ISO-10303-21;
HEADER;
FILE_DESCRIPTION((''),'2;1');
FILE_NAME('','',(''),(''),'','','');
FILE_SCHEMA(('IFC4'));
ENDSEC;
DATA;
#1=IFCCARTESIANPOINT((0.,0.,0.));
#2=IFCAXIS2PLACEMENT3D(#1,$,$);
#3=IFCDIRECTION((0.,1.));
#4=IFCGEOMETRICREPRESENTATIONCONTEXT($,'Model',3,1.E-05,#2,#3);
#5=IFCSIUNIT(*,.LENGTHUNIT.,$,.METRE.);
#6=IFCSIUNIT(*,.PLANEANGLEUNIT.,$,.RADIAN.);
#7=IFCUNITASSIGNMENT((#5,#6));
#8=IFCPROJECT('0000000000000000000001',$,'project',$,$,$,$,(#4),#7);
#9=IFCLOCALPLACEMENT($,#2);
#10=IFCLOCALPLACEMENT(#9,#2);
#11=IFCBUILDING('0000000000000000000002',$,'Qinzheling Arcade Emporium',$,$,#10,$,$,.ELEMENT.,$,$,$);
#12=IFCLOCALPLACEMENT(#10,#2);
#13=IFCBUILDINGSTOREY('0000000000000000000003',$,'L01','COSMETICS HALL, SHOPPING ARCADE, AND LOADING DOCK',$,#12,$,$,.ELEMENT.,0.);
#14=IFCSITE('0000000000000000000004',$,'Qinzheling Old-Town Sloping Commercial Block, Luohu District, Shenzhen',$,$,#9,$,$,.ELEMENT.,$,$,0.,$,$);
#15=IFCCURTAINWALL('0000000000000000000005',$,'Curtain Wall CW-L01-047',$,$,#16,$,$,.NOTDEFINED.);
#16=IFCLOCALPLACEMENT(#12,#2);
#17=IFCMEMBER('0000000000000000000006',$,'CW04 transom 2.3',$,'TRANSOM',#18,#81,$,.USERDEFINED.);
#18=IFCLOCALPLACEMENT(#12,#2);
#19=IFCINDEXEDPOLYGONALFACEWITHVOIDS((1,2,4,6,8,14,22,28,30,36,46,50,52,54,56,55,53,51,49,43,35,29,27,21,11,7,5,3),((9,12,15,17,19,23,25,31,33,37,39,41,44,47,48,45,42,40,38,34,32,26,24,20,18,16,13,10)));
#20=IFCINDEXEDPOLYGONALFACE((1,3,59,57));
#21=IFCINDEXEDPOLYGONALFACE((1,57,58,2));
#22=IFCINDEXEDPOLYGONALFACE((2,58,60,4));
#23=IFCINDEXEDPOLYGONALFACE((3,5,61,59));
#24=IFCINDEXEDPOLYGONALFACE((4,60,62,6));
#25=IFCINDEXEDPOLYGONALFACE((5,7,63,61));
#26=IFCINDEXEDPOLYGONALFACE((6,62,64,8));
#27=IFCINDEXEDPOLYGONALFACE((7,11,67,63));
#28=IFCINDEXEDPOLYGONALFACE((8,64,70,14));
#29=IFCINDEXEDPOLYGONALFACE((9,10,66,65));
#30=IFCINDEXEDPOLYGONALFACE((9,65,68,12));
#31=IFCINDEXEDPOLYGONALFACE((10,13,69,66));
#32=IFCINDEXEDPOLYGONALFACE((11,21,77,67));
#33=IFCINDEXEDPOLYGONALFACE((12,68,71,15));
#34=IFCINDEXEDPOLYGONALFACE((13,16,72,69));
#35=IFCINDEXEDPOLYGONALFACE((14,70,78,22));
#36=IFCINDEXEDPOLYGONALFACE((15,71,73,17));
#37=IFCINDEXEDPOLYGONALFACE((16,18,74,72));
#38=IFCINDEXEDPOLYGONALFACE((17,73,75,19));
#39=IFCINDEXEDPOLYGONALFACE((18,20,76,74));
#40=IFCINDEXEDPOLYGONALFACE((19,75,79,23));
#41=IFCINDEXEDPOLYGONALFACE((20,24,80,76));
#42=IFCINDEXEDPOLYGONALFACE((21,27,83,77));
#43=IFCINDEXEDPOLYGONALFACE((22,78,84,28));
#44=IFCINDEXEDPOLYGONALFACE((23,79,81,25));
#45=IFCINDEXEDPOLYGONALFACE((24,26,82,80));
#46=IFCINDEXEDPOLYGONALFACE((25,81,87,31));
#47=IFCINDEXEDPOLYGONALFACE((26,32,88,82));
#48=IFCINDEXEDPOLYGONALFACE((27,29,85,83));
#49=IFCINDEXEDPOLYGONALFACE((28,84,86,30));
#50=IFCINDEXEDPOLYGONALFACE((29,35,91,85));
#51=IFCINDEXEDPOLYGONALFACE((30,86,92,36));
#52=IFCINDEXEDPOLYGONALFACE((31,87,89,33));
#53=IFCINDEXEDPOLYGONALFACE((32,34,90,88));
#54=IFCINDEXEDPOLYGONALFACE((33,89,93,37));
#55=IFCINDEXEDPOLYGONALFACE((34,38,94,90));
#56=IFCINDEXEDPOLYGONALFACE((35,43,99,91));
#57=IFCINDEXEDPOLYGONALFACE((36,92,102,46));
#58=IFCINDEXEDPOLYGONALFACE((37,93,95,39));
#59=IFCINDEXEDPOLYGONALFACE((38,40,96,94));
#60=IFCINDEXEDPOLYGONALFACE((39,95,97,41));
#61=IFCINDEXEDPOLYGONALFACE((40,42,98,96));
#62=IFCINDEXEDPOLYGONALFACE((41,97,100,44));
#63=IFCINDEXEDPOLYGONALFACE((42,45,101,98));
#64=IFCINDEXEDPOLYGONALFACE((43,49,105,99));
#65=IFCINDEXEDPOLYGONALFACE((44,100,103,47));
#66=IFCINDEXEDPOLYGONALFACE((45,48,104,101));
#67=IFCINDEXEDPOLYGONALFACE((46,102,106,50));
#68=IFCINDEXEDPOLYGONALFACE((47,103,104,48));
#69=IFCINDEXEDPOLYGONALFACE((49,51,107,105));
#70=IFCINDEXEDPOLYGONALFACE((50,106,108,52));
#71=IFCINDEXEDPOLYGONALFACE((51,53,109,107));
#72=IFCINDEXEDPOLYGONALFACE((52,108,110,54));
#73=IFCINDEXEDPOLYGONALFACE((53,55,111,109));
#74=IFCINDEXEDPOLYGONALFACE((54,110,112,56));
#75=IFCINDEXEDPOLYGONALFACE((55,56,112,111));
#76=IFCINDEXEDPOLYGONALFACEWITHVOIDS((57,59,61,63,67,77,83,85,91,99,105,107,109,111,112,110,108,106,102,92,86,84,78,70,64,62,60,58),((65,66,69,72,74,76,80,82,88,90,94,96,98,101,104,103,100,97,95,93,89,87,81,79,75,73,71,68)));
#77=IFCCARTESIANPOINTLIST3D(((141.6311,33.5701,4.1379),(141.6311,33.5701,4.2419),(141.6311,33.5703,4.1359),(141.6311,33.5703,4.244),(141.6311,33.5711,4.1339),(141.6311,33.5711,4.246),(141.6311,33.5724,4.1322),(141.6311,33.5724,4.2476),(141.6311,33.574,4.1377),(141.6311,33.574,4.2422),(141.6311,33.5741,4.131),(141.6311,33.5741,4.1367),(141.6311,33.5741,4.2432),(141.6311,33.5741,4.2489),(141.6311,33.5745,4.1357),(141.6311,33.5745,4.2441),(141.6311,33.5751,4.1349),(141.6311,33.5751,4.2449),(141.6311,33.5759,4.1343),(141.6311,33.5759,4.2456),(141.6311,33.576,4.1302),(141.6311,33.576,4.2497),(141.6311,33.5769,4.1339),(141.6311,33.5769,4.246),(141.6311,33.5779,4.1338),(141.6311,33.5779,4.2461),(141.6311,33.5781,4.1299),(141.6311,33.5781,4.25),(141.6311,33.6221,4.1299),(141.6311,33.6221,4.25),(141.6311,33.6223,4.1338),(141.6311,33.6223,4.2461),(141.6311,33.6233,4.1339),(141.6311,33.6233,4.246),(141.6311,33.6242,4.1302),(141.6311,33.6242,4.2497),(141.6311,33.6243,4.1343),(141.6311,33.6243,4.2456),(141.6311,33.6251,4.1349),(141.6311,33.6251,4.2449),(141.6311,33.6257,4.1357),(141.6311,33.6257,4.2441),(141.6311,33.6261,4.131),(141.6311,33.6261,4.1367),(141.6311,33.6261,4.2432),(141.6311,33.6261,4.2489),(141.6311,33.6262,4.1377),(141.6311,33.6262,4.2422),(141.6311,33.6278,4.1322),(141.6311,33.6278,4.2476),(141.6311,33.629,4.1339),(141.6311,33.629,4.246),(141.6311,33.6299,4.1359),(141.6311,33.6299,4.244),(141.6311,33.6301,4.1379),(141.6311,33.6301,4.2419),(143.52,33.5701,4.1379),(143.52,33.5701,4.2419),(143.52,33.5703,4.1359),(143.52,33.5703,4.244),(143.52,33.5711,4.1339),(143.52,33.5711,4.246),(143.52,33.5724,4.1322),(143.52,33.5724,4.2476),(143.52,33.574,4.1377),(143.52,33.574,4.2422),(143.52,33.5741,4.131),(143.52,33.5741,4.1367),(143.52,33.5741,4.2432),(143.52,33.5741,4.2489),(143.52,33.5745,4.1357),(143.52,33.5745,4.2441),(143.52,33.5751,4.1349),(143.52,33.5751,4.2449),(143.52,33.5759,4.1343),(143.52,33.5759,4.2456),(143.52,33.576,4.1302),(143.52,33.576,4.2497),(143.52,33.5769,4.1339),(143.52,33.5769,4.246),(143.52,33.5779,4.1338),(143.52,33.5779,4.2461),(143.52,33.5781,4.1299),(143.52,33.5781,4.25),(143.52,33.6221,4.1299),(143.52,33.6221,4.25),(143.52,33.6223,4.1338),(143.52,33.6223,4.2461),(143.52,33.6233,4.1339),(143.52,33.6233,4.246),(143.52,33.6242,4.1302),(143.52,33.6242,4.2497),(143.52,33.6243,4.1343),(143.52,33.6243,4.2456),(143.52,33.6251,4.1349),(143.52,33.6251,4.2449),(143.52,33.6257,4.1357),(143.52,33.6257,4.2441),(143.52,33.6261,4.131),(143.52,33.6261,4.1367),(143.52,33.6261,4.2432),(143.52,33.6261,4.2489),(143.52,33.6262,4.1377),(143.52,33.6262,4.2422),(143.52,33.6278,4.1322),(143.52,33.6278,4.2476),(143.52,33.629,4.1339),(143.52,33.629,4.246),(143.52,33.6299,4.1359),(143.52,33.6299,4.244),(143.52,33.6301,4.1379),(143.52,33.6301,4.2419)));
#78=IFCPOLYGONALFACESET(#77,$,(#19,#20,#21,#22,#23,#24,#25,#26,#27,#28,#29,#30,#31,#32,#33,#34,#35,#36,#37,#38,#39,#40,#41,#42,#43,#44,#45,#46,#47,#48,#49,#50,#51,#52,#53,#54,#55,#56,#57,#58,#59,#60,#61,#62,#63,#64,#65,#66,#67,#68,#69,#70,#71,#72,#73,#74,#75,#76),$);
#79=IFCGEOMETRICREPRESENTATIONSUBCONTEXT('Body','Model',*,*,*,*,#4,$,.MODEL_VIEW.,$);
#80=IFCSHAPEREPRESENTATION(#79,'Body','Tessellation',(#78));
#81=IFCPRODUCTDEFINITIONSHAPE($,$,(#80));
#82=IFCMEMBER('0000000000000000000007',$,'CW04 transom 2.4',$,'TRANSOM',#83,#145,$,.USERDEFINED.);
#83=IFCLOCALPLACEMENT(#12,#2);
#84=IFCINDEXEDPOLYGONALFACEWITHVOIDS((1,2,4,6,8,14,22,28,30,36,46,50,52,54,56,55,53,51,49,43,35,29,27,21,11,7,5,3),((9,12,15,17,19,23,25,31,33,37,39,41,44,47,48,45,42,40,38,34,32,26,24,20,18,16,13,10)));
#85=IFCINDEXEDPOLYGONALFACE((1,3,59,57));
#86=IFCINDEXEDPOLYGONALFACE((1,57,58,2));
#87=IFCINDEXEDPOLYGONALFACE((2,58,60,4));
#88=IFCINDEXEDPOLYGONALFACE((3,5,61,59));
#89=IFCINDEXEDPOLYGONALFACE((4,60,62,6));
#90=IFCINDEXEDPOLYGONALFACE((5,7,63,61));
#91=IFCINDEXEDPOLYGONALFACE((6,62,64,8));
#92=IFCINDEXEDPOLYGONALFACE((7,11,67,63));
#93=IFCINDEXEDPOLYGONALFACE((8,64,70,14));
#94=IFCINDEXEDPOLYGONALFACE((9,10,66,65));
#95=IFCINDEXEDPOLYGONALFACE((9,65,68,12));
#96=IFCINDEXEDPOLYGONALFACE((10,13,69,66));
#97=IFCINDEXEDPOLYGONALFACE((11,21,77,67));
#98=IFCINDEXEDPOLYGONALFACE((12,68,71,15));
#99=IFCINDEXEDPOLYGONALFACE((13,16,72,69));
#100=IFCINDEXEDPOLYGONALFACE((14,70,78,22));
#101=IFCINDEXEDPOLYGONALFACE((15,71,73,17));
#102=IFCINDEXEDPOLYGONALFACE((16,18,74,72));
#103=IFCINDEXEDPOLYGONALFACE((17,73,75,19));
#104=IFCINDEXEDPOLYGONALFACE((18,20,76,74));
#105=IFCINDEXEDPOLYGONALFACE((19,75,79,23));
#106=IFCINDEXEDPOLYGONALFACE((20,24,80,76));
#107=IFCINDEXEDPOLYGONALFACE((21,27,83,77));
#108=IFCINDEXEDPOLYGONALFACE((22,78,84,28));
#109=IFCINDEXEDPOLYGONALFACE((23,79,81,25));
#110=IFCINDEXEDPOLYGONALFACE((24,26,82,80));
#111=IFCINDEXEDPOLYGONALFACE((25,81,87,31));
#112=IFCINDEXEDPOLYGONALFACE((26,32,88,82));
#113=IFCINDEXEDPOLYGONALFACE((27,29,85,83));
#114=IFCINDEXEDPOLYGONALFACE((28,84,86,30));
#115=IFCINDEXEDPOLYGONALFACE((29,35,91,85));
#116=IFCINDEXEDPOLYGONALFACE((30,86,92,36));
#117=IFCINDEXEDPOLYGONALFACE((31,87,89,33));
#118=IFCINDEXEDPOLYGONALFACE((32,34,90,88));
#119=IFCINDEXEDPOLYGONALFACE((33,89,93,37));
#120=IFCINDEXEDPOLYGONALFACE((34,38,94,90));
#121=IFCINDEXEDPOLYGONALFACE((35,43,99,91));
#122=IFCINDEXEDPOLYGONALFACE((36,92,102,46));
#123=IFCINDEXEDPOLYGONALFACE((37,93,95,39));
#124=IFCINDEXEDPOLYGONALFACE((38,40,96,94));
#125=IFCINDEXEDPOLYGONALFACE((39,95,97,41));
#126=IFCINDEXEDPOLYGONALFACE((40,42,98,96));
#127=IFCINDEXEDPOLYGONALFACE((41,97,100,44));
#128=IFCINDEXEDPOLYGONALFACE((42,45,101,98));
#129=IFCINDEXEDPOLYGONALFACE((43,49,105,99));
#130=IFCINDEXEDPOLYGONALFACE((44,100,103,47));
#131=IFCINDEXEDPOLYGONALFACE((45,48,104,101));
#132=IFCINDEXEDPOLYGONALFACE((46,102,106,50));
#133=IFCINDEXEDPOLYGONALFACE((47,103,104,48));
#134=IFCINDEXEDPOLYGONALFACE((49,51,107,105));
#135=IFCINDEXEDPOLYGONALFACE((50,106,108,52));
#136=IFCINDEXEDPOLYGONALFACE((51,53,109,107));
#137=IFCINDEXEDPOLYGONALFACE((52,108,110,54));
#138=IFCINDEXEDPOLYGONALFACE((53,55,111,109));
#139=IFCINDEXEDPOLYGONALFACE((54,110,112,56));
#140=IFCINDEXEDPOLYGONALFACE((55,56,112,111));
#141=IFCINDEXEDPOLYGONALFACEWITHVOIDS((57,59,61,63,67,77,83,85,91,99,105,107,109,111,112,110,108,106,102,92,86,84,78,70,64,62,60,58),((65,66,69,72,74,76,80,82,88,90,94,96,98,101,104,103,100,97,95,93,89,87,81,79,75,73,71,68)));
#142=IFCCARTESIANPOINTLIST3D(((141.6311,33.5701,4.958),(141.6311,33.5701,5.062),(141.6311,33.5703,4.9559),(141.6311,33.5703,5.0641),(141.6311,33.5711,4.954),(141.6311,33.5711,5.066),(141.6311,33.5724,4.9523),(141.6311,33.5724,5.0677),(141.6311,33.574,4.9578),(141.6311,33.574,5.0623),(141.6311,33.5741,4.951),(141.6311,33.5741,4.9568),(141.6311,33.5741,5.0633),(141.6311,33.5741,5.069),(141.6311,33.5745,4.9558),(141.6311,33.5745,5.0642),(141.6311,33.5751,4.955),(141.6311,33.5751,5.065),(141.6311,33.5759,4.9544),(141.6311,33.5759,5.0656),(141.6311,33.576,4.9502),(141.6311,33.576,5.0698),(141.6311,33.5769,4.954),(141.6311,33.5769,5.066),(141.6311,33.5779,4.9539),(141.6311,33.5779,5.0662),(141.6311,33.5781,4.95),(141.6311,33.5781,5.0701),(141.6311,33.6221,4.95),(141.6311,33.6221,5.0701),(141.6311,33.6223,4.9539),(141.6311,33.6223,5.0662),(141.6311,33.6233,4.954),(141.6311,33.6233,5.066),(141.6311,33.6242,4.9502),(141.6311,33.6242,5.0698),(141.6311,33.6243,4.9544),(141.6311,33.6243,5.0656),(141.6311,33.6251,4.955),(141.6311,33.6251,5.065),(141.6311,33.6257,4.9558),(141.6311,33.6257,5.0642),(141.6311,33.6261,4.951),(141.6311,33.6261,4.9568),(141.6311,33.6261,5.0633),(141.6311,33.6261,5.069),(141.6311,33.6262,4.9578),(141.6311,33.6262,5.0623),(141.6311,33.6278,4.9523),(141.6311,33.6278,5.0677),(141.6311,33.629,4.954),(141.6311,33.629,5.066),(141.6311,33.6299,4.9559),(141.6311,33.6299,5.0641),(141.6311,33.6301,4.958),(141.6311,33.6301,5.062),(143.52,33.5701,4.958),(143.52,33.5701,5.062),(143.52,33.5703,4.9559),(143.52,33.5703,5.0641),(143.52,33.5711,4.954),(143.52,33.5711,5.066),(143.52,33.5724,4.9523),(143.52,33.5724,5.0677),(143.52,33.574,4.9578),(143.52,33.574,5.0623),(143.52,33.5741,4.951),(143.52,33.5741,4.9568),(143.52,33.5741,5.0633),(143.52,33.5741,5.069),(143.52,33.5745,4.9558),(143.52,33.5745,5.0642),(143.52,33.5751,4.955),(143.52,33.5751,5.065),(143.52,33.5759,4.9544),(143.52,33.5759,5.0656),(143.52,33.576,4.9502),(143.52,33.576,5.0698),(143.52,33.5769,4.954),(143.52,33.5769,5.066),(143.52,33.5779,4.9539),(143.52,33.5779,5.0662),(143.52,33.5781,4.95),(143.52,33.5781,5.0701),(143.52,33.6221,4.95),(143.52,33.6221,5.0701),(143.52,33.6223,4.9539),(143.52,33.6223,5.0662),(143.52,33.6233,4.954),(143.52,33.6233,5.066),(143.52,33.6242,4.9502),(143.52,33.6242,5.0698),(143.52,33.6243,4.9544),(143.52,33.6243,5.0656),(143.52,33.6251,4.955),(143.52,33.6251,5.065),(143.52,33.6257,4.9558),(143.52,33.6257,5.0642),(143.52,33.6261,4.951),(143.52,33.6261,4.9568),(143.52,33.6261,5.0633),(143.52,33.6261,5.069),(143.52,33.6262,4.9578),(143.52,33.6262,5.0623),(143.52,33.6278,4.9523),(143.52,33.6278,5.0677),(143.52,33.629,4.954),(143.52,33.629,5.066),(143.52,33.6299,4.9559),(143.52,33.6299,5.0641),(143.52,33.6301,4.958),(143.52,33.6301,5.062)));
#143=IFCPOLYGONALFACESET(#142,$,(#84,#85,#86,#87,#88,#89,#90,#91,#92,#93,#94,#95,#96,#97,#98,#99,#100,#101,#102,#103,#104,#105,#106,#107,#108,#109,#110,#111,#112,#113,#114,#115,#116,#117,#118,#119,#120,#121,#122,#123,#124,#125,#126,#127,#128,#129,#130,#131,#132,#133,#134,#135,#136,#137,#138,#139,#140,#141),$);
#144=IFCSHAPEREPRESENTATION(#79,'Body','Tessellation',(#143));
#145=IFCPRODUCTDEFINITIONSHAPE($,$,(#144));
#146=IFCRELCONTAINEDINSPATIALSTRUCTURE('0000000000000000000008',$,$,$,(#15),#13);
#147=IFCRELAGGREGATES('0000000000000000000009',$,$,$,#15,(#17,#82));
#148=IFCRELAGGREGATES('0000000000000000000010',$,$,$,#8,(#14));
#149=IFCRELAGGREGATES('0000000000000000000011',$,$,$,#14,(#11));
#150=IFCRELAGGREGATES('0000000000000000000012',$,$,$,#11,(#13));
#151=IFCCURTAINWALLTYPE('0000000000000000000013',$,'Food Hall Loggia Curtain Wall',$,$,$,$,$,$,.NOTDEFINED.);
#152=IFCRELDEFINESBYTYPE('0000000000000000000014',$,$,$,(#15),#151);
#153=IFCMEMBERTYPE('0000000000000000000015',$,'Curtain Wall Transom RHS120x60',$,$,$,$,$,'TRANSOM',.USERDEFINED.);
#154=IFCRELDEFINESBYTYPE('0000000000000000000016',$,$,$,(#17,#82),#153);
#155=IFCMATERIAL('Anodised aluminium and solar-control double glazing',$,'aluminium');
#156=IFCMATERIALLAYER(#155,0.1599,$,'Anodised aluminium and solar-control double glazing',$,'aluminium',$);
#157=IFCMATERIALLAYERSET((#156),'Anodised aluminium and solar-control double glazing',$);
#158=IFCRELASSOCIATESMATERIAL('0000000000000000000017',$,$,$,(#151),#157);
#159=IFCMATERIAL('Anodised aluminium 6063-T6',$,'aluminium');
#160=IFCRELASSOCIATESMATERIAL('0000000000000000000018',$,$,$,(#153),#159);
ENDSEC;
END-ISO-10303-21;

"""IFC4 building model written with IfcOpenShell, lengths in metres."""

from ifc_helpers import new_model, si_unit, direction, frame, origin, origin_2d, place, context, subcontext, project, spatial, hollow_rectangle, extrude, material, layer, layer_set, material_profile, profile_set, type_object, element, aggregate, save


model = new_model("IFC4")

# Units and contexts
model_context = context("Model", 3, precision=1e-05, world=origin(), true_north=direction((0.0, 1.0)))
body_context = subcontext(model_context, "Body", "Model", "MODEL_VIEW")
ifc_project = project(units=[si_unit("LENGTHUNIT", "METRE"), si_unit("PLANEANGLEUNIT", "RADIAN")], contexts=[model_context])

# Site, building, storey
site_placement = place(None, origin())
site = spatial("IfcSite", under=ifc_project, at=site_placement, Name="Qinzheling Old-Town Sloping Commercial Block, Luohu District, Shenzhen", CompositionType="ELEMENT", RefElevation=0.0)
building_placement = place(site_placement, origin())
building = spatial("IfcBuilding", under=site, at=building_placement, Name="Qinzheling Arcade Emporium", CompositionType="ELEMENT")
storey_placement = place(building_placement, origin())
storey = spatial("IfcBuildingStorey", under=building, at=storey_placement, Name="L01", Description="COSMETICS HALL, SHOPPING ARCADE, AND LOADING DOCK", CompositionType="ELEMENT", Elevation=0.0)

# Curtain wall, members
ifc_material_1 = material(Name="Anodised aluminium and solar-control double glazing", Category="aluminium")
ifc_layer_1 = layer(ifc_material_1, 0.1599, Name="Anodised aluminium and solar-control double glazing", Category="aluminium")
ifc_layer_set_1 = layer_set([ifc_layer_1], Name="Anodised aluminium and solar-control double glazing")
curtain_wall_type = type_object("IfcCurtainWallType", Name="Food Hall Loggia Curtain Wall", PredefinedType="NOTDEFINED", material=ifc_layer_set_1)
curtain_wall_placement = place(storey_placement, origin())
curtain_wall = element("IfcCurtainWall", 1, at=curtain_wall_placement, inside=storey, type_object=curtain_wall_type, Name="Curtain Wall CW-L01-047", PredefinedType="NOTDEFINED")
ifc_material_2 = material(Name="Anodised aluminium 6063-T6", Category="aluminium")
ifc_material_profile_1 = material_profile(ifc_material_2, hollow_rectangle(XDim=0.0601, YDim=0.1201, WallThickness=0.0039, InnerFilletRadius=0.0039, OuterFilletRadius=0.0081, at=origin_2d()), Name="RHS 120x60x4", Category="aluminium")
ifc_profile_set_1 = profile_set([ifc_material_profile_1], Name="Anodised aluminium 6063-T6")
member_type_1 = type_object("IfcMemberType", Name="Curtain Wall Transom RHS120x60", ElementType="TRANSOM", PredefinedType="USERDEFINED", material=ifc_profile_set_1)
member_1_placement = place(storey_placement, frame((141.6311, 33.6001, 4.1899), z_axis=(1.0, 0.0, 0.0), x_axis=(0.0, 1.0, 0.0)))
member_1 = element("IfcMember", 2, at=member_1_placement, type_object=member_type_1, Name="CW04 transom 2.3", ObjectType="TRANSOM", PredefinedType="USERDEFINED", context=body_context, shape_type="SweptSolid", body=[
    extrude(hollow_rectangle(XDim=0.0601, YDim=0.1201, WallThickness=0.0039, InnerFilletRadius=0.0039, OuterFilletRadius=0.0081, at=origin_2d()), origin(), (0.0, 0.0, 1.0), 1.8889),
])
member_2_placement = place(storey_placement, frame((141.6311, 33.6001, 5.01), z_axis=(1.0, 0.0, 0.0), x_axis=(0.0, 1.0, 0.0)))
member_2 = element("IfcMember", 3, at=member_2_placement, type_object=member_type_1, Name="CW04 transom 2.4", ObjectType="TRANSOM", PredefinedType="USERDEFINED", context=body_context, shape_type="SweptSolid", body=[
    extrude(hollow_rectangle(XDim=0.0601, YDim=0.1201, WallThickness=0.0039, InnerFilletRadius=0.0039, OuterFilletRadius=0.0081, at=origin_2d()), origin(), (0.0, 0.0, 1.0), 1.8889),
])

aggregate(curtain_wall, [member_1, member_2])

save(model, "model.ifc")
